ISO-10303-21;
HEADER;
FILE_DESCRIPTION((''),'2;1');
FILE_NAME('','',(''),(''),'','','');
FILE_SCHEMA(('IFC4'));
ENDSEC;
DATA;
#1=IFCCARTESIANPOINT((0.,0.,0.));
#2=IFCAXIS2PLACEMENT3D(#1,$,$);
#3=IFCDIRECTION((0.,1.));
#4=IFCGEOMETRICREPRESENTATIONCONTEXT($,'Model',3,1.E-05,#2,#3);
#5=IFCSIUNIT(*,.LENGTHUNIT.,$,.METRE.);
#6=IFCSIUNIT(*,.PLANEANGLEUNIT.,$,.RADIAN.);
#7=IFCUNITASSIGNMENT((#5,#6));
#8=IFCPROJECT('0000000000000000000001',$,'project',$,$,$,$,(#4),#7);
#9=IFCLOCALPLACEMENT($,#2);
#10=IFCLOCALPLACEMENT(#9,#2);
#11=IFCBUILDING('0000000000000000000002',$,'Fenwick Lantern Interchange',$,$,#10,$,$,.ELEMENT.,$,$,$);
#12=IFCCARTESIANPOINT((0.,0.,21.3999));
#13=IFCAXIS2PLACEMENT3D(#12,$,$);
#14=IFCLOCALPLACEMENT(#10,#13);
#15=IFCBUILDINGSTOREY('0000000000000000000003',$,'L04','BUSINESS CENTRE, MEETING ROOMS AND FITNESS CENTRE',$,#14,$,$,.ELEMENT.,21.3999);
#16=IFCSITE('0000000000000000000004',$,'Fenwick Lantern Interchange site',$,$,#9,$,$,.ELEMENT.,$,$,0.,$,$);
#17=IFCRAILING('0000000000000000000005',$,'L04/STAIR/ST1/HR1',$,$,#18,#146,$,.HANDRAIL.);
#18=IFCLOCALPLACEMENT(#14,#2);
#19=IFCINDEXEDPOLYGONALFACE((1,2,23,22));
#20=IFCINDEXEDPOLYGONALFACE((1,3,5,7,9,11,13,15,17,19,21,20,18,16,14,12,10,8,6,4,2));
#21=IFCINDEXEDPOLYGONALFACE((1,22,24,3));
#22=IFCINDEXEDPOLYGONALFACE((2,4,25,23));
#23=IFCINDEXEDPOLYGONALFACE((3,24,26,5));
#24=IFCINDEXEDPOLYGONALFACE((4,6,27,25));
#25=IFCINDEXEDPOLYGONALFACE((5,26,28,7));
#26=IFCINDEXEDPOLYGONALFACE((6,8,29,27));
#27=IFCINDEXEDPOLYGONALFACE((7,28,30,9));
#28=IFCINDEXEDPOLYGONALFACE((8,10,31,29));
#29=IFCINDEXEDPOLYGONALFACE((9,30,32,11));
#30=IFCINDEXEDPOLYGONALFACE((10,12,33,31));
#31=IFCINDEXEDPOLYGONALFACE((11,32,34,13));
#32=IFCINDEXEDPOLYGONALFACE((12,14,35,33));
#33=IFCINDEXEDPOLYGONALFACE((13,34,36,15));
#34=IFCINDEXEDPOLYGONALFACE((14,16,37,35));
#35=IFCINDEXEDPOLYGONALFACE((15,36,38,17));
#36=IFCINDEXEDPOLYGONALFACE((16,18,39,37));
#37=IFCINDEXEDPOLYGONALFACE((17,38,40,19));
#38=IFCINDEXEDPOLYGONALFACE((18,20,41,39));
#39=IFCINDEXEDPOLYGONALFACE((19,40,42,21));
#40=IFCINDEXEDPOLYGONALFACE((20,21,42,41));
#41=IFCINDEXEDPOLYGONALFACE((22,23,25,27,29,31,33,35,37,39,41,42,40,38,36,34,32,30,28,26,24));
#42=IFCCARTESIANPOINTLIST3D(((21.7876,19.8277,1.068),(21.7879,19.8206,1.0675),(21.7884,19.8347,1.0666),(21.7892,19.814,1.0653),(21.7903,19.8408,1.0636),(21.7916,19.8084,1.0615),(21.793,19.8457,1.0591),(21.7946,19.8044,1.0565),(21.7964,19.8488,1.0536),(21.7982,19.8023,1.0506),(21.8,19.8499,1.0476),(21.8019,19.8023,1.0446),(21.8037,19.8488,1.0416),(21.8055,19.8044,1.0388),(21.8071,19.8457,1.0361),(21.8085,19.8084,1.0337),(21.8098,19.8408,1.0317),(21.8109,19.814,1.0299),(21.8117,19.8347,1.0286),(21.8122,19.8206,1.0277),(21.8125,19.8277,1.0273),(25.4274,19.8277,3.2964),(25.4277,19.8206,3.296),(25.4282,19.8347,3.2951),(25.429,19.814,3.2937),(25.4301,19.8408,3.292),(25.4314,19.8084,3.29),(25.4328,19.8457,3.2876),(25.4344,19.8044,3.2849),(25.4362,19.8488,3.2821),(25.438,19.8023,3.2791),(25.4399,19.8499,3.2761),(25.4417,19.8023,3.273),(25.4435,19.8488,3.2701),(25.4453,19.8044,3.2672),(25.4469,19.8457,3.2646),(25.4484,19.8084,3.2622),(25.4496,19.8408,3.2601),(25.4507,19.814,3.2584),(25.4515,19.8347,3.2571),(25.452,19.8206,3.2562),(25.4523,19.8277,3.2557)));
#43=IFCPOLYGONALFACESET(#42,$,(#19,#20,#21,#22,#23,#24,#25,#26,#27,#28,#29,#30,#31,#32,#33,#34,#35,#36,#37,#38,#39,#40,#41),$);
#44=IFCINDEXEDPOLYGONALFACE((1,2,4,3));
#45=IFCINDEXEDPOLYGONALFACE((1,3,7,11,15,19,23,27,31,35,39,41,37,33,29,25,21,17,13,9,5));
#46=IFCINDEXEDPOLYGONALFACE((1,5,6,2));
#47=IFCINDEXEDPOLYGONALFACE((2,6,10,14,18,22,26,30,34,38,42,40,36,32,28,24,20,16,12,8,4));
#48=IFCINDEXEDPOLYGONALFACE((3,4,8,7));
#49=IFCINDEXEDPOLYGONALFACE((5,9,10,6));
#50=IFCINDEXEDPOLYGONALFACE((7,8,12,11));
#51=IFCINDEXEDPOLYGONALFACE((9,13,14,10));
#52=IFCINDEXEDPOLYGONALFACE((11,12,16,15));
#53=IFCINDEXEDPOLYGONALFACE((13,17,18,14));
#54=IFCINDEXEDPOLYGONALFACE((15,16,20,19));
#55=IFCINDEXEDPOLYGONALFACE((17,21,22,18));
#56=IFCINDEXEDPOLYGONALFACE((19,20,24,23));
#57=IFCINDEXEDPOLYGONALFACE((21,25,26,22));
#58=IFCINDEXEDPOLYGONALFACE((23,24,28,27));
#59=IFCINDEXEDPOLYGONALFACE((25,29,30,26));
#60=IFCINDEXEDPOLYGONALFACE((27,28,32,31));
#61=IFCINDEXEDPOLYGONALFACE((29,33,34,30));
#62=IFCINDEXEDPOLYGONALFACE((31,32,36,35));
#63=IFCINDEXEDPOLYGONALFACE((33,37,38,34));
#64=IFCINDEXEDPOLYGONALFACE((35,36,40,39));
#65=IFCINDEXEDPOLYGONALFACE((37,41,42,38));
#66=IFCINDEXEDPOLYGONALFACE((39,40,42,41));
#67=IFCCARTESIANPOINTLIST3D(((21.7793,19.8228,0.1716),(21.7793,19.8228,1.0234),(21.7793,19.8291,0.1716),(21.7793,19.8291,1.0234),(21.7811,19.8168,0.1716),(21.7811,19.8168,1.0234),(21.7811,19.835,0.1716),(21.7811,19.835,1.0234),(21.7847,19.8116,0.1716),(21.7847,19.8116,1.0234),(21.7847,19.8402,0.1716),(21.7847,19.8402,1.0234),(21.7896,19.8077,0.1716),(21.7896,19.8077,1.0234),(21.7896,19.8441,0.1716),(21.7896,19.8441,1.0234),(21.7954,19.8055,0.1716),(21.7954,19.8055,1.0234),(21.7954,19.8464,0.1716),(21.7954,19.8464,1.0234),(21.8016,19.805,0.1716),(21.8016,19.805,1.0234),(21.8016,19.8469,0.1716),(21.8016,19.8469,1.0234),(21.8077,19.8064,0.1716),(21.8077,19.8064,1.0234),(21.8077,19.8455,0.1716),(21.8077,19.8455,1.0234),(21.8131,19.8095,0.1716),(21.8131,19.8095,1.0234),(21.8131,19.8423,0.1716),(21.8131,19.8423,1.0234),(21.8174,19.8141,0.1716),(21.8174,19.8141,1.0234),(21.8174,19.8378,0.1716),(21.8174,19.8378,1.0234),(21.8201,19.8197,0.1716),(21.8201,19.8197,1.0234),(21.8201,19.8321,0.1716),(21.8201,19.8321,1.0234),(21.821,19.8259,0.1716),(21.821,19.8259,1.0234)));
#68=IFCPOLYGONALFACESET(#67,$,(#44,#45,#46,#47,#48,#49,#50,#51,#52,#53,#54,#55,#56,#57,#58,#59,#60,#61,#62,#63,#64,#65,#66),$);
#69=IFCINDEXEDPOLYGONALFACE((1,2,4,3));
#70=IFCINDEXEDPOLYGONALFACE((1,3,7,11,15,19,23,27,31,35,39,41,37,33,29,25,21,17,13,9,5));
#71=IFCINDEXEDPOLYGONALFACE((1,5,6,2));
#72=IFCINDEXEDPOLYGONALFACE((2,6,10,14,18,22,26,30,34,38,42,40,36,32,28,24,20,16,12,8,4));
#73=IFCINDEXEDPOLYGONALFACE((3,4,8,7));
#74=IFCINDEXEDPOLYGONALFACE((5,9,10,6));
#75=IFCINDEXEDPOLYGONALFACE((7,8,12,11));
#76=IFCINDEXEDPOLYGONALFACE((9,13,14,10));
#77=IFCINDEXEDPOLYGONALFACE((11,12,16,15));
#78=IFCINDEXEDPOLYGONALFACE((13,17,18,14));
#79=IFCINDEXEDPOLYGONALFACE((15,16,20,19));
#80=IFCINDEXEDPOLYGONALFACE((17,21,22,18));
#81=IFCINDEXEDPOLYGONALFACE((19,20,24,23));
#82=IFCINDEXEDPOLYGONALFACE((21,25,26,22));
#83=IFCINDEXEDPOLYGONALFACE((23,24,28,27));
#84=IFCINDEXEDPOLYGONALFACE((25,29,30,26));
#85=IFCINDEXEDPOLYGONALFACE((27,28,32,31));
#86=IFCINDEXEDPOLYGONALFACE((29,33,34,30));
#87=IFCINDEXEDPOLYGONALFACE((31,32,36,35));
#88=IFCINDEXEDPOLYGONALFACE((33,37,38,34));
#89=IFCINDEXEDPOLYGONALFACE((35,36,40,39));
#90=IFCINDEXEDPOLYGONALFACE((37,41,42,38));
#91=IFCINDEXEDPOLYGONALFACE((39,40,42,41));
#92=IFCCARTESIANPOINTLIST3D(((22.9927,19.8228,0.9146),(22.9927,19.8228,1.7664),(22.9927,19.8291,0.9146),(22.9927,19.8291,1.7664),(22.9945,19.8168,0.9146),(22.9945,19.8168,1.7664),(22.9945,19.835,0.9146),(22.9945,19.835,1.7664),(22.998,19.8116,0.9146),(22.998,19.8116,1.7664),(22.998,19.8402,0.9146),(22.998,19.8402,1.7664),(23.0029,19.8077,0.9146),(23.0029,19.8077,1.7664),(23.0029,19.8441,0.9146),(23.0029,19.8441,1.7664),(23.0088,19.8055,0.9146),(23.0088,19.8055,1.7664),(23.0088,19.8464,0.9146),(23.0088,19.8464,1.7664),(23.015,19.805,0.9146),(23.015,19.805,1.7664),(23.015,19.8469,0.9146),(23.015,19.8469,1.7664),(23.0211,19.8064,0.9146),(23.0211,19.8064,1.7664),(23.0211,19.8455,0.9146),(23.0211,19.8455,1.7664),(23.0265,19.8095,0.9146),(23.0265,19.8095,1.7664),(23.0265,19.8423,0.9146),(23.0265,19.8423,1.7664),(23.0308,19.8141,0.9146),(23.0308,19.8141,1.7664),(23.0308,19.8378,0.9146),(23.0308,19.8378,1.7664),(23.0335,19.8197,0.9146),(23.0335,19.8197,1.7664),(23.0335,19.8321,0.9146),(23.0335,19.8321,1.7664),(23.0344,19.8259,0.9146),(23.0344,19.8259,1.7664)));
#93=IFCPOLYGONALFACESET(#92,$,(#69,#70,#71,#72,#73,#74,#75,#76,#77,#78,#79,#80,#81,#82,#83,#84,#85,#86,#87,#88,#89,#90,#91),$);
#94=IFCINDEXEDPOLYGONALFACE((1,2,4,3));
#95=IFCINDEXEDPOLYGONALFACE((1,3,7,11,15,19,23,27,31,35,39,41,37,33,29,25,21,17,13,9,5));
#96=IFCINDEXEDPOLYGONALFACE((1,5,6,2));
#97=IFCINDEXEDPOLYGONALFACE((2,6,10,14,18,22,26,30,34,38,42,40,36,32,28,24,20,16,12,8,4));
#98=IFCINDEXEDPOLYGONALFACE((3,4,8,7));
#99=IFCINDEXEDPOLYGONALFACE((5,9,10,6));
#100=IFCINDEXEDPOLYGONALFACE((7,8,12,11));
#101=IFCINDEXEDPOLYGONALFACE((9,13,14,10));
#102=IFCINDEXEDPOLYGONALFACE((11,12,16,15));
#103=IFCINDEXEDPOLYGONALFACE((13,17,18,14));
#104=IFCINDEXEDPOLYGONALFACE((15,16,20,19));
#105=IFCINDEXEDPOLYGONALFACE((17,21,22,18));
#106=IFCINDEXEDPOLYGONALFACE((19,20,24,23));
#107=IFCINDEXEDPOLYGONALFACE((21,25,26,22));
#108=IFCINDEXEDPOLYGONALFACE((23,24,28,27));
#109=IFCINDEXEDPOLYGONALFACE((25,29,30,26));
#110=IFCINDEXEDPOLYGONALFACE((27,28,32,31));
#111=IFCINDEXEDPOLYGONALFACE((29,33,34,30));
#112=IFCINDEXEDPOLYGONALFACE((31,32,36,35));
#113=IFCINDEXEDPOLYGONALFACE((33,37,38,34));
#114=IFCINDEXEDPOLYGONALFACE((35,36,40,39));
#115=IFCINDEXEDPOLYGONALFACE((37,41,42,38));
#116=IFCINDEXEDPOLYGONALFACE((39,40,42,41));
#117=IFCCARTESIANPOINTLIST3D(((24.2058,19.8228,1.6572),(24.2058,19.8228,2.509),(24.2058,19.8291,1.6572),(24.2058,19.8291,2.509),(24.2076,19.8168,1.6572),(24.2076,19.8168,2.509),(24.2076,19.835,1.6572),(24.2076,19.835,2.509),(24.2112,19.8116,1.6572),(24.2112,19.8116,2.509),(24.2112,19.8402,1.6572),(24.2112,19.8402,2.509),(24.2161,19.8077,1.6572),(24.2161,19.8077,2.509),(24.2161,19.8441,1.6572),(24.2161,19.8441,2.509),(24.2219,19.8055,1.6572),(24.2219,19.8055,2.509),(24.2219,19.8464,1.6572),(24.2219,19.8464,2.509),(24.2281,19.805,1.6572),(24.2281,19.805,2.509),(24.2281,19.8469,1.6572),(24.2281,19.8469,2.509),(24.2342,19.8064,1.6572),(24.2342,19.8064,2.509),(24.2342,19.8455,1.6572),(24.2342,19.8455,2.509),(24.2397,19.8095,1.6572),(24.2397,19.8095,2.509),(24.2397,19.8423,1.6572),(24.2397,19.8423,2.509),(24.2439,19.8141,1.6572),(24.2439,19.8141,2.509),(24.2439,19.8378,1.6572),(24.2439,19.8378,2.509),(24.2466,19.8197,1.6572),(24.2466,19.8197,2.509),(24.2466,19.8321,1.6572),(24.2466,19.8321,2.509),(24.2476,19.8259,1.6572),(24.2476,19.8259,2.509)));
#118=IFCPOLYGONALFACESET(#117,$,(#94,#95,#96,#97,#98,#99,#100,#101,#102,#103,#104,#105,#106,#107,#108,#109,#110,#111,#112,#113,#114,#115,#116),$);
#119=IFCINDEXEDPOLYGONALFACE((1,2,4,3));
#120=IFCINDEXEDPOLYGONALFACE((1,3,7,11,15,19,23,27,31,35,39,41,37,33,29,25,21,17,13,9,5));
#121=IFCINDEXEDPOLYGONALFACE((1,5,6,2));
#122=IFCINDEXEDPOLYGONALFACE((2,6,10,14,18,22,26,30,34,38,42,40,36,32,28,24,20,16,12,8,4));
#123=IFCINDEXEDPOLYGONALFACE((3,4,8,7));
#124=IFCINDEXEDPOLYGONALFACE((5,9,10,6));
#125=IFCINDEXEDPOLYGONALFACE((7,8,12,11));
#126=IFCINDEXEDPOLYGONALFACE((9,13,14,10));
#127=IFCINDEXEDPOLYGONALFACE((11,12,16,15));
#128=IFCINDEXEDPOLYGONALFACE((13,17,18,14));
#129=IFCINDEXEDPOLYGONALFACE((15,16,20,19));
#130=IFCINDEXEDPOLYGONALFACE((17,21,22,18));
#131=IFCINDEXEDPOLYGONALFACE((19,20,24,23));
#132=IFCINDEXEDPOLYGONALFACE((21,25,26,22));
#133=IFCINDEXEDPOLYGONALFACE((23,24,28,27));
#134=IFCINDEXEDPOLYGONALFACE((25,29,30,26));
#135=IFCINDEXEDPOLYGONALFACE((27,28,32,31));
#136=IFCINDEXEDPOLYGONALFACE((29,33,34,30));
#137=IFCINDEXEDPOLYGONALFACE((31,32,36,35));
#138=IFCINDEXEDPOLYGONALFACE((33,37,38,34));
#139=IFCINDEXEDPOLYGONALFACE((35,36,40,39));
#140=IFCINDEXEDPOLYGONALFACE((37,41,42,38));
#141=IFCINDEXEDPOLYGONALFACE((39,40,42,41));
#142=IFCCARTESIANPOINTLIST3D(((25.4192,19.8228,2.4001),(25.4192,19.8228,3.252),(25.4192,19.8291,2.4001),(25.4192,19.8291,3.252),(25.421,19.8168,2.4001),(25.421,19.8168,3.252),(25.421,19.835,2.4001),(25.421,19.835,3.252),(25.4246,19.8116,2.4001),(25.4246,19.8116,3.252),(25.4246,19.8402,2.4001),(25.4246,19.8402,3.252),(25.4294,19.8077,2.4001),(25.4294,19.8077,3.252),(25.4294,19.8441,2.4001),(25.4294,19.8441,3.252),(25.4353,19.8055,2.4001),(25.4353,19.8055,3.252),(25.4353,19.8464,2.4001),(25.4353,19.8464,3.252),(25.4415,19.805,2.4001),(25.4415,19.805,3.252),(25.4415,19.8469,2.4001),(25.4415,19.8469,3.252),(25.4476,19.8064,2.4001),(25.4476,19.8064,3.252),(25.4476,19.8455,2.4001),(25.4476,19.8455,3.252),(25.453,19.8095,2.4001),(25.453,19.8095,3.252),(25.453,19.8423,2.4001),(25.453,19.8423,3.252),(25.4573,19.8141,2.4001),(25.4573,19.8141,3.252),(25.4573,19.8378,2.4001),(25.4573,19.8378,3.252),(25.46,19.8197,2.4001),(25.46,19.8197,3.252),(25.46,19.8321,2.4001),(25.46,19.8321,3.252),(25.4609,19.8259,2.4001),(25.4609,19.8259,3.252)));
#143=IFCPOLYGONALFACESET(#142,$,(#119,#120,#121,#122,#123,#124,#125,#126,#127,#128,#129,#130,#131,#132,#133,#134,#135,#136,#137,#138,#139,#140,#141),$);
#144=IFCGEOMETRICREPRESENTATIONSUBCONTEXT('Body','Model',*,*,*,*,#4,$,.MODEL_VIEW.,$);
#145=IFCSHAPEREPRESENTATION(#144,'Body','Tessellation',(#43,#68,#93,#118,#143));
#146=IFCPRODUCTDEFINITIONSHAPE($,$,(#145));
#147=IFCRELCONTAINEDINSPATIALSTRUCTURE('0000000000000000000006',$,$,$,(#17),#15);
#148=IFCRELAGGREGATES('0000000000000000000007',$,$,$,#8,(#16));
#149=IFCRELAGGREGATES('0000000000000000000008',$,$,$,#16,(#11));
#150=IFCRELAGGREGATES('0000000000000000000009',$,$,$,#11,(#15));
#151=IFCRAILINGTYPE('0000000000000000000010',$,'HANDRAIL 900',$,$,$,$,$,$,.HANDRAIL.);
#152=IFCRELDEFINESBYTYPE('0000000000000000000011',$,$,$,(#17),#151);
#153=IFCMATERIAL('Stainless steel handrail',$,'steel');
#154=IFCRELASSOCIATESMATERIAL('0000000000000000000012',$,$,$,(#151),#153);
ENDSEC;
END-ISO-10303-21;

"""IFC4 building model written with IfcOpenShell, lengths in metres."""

from ifc_helpers import new_model, si_unit, direction, frame, origin, origin_2d, place, context, subcontext, project, spatial, circle, extrude, material, type_object, element, save


model = new_model("IFC4")

# Units and contexts
model_context = context("Model", 3, precision=1e-05, world=origin(), true_north=direction((0.0, 1.0)))
body_context = subcontext(model_context, "Body", "Model", "MODEL_VIEW")
ifc_project = project(units=[si_unit("LENGTHUNIT", "METRE"), si_unit("PLANEANGLEUNIT", "RADIAN")], contexts=[model_context])

# Site, building, storey
site_placement = place(None, origin())
site = spatial("IfcSite", under=ifc_project, at=site_placement, Name="Fenwick Lantern Interchange site", CompositionType="ELEMENT", RefElevation=0.0)
building_placement = place(site_placement, origin())
building = spatial("IfcBuilding", under=site, at=building_placement, Name="Fenwick Lantern Interchange", CompositionType="ELEMENT")
storey_placement = place(building_placement, frame((0.0, 0.0, 21.3999)))
storey = spatial("IfcBuildingStorey", under=building, at=storey_placement, Name="L04", Description="BUSINESS CENTRE, MEETING ROOMS AND FITNESS CENTRE", CompositionType="ELEMENT", Elevation=21.3999)

# Railing
ifc_material_1 = material(Name="Stainless steel handrail", Category="steel")
railing_type = type_object("IfcRailingType", Name="HANDRAIL 900", PredefinedType="HANDRAIL", material=ifc_material_1)
railing_1_placement = place(storey_placement, frame((21.8, 19.8259, 0.1716)))
element("IfcRailing", 1, at=railing_1_placement, inside=storey, type_object=railing_type, Name="L04/STAIR/ST1/HR1", PredefinedType="HANDRAIL", context=body_context, shape_type="SweptSolid", body=[
    extrude(circle(Radius=0.0239, at=origin_2d()), frame((0.0, 0.0, 0.876), z_axis=(0.85285, 0.0, 0.522156), x_axis=(0.0, 1.0, 0.0)), (0.0, 0.0, 1.0), 4.2678),
    extrude(circle(Radius=0.021, at=origin_2d()), origin(), (0.0, 0.0, 1.0), 0.8518),
    extrude(circle(Radius=0.021, at=origin_2d()), frame((1.2134, 0.0, 0.7429)), (0.0, 0.0, 1.0), 0.8518),
    extrude(circle(Radius=0.021, at=origin_2d()), frame((2.4265, 0.0, 1.4856)), (0.0, 0.0, 1.0), 0.8518),
    extrude(circle(Radius=0.021, at=origin_2d()), frame((3.6399, 0.0, 2.2285)), (0.0, 0.0, 1.0), 0.8518),
])

save(model, "model.ifc")
